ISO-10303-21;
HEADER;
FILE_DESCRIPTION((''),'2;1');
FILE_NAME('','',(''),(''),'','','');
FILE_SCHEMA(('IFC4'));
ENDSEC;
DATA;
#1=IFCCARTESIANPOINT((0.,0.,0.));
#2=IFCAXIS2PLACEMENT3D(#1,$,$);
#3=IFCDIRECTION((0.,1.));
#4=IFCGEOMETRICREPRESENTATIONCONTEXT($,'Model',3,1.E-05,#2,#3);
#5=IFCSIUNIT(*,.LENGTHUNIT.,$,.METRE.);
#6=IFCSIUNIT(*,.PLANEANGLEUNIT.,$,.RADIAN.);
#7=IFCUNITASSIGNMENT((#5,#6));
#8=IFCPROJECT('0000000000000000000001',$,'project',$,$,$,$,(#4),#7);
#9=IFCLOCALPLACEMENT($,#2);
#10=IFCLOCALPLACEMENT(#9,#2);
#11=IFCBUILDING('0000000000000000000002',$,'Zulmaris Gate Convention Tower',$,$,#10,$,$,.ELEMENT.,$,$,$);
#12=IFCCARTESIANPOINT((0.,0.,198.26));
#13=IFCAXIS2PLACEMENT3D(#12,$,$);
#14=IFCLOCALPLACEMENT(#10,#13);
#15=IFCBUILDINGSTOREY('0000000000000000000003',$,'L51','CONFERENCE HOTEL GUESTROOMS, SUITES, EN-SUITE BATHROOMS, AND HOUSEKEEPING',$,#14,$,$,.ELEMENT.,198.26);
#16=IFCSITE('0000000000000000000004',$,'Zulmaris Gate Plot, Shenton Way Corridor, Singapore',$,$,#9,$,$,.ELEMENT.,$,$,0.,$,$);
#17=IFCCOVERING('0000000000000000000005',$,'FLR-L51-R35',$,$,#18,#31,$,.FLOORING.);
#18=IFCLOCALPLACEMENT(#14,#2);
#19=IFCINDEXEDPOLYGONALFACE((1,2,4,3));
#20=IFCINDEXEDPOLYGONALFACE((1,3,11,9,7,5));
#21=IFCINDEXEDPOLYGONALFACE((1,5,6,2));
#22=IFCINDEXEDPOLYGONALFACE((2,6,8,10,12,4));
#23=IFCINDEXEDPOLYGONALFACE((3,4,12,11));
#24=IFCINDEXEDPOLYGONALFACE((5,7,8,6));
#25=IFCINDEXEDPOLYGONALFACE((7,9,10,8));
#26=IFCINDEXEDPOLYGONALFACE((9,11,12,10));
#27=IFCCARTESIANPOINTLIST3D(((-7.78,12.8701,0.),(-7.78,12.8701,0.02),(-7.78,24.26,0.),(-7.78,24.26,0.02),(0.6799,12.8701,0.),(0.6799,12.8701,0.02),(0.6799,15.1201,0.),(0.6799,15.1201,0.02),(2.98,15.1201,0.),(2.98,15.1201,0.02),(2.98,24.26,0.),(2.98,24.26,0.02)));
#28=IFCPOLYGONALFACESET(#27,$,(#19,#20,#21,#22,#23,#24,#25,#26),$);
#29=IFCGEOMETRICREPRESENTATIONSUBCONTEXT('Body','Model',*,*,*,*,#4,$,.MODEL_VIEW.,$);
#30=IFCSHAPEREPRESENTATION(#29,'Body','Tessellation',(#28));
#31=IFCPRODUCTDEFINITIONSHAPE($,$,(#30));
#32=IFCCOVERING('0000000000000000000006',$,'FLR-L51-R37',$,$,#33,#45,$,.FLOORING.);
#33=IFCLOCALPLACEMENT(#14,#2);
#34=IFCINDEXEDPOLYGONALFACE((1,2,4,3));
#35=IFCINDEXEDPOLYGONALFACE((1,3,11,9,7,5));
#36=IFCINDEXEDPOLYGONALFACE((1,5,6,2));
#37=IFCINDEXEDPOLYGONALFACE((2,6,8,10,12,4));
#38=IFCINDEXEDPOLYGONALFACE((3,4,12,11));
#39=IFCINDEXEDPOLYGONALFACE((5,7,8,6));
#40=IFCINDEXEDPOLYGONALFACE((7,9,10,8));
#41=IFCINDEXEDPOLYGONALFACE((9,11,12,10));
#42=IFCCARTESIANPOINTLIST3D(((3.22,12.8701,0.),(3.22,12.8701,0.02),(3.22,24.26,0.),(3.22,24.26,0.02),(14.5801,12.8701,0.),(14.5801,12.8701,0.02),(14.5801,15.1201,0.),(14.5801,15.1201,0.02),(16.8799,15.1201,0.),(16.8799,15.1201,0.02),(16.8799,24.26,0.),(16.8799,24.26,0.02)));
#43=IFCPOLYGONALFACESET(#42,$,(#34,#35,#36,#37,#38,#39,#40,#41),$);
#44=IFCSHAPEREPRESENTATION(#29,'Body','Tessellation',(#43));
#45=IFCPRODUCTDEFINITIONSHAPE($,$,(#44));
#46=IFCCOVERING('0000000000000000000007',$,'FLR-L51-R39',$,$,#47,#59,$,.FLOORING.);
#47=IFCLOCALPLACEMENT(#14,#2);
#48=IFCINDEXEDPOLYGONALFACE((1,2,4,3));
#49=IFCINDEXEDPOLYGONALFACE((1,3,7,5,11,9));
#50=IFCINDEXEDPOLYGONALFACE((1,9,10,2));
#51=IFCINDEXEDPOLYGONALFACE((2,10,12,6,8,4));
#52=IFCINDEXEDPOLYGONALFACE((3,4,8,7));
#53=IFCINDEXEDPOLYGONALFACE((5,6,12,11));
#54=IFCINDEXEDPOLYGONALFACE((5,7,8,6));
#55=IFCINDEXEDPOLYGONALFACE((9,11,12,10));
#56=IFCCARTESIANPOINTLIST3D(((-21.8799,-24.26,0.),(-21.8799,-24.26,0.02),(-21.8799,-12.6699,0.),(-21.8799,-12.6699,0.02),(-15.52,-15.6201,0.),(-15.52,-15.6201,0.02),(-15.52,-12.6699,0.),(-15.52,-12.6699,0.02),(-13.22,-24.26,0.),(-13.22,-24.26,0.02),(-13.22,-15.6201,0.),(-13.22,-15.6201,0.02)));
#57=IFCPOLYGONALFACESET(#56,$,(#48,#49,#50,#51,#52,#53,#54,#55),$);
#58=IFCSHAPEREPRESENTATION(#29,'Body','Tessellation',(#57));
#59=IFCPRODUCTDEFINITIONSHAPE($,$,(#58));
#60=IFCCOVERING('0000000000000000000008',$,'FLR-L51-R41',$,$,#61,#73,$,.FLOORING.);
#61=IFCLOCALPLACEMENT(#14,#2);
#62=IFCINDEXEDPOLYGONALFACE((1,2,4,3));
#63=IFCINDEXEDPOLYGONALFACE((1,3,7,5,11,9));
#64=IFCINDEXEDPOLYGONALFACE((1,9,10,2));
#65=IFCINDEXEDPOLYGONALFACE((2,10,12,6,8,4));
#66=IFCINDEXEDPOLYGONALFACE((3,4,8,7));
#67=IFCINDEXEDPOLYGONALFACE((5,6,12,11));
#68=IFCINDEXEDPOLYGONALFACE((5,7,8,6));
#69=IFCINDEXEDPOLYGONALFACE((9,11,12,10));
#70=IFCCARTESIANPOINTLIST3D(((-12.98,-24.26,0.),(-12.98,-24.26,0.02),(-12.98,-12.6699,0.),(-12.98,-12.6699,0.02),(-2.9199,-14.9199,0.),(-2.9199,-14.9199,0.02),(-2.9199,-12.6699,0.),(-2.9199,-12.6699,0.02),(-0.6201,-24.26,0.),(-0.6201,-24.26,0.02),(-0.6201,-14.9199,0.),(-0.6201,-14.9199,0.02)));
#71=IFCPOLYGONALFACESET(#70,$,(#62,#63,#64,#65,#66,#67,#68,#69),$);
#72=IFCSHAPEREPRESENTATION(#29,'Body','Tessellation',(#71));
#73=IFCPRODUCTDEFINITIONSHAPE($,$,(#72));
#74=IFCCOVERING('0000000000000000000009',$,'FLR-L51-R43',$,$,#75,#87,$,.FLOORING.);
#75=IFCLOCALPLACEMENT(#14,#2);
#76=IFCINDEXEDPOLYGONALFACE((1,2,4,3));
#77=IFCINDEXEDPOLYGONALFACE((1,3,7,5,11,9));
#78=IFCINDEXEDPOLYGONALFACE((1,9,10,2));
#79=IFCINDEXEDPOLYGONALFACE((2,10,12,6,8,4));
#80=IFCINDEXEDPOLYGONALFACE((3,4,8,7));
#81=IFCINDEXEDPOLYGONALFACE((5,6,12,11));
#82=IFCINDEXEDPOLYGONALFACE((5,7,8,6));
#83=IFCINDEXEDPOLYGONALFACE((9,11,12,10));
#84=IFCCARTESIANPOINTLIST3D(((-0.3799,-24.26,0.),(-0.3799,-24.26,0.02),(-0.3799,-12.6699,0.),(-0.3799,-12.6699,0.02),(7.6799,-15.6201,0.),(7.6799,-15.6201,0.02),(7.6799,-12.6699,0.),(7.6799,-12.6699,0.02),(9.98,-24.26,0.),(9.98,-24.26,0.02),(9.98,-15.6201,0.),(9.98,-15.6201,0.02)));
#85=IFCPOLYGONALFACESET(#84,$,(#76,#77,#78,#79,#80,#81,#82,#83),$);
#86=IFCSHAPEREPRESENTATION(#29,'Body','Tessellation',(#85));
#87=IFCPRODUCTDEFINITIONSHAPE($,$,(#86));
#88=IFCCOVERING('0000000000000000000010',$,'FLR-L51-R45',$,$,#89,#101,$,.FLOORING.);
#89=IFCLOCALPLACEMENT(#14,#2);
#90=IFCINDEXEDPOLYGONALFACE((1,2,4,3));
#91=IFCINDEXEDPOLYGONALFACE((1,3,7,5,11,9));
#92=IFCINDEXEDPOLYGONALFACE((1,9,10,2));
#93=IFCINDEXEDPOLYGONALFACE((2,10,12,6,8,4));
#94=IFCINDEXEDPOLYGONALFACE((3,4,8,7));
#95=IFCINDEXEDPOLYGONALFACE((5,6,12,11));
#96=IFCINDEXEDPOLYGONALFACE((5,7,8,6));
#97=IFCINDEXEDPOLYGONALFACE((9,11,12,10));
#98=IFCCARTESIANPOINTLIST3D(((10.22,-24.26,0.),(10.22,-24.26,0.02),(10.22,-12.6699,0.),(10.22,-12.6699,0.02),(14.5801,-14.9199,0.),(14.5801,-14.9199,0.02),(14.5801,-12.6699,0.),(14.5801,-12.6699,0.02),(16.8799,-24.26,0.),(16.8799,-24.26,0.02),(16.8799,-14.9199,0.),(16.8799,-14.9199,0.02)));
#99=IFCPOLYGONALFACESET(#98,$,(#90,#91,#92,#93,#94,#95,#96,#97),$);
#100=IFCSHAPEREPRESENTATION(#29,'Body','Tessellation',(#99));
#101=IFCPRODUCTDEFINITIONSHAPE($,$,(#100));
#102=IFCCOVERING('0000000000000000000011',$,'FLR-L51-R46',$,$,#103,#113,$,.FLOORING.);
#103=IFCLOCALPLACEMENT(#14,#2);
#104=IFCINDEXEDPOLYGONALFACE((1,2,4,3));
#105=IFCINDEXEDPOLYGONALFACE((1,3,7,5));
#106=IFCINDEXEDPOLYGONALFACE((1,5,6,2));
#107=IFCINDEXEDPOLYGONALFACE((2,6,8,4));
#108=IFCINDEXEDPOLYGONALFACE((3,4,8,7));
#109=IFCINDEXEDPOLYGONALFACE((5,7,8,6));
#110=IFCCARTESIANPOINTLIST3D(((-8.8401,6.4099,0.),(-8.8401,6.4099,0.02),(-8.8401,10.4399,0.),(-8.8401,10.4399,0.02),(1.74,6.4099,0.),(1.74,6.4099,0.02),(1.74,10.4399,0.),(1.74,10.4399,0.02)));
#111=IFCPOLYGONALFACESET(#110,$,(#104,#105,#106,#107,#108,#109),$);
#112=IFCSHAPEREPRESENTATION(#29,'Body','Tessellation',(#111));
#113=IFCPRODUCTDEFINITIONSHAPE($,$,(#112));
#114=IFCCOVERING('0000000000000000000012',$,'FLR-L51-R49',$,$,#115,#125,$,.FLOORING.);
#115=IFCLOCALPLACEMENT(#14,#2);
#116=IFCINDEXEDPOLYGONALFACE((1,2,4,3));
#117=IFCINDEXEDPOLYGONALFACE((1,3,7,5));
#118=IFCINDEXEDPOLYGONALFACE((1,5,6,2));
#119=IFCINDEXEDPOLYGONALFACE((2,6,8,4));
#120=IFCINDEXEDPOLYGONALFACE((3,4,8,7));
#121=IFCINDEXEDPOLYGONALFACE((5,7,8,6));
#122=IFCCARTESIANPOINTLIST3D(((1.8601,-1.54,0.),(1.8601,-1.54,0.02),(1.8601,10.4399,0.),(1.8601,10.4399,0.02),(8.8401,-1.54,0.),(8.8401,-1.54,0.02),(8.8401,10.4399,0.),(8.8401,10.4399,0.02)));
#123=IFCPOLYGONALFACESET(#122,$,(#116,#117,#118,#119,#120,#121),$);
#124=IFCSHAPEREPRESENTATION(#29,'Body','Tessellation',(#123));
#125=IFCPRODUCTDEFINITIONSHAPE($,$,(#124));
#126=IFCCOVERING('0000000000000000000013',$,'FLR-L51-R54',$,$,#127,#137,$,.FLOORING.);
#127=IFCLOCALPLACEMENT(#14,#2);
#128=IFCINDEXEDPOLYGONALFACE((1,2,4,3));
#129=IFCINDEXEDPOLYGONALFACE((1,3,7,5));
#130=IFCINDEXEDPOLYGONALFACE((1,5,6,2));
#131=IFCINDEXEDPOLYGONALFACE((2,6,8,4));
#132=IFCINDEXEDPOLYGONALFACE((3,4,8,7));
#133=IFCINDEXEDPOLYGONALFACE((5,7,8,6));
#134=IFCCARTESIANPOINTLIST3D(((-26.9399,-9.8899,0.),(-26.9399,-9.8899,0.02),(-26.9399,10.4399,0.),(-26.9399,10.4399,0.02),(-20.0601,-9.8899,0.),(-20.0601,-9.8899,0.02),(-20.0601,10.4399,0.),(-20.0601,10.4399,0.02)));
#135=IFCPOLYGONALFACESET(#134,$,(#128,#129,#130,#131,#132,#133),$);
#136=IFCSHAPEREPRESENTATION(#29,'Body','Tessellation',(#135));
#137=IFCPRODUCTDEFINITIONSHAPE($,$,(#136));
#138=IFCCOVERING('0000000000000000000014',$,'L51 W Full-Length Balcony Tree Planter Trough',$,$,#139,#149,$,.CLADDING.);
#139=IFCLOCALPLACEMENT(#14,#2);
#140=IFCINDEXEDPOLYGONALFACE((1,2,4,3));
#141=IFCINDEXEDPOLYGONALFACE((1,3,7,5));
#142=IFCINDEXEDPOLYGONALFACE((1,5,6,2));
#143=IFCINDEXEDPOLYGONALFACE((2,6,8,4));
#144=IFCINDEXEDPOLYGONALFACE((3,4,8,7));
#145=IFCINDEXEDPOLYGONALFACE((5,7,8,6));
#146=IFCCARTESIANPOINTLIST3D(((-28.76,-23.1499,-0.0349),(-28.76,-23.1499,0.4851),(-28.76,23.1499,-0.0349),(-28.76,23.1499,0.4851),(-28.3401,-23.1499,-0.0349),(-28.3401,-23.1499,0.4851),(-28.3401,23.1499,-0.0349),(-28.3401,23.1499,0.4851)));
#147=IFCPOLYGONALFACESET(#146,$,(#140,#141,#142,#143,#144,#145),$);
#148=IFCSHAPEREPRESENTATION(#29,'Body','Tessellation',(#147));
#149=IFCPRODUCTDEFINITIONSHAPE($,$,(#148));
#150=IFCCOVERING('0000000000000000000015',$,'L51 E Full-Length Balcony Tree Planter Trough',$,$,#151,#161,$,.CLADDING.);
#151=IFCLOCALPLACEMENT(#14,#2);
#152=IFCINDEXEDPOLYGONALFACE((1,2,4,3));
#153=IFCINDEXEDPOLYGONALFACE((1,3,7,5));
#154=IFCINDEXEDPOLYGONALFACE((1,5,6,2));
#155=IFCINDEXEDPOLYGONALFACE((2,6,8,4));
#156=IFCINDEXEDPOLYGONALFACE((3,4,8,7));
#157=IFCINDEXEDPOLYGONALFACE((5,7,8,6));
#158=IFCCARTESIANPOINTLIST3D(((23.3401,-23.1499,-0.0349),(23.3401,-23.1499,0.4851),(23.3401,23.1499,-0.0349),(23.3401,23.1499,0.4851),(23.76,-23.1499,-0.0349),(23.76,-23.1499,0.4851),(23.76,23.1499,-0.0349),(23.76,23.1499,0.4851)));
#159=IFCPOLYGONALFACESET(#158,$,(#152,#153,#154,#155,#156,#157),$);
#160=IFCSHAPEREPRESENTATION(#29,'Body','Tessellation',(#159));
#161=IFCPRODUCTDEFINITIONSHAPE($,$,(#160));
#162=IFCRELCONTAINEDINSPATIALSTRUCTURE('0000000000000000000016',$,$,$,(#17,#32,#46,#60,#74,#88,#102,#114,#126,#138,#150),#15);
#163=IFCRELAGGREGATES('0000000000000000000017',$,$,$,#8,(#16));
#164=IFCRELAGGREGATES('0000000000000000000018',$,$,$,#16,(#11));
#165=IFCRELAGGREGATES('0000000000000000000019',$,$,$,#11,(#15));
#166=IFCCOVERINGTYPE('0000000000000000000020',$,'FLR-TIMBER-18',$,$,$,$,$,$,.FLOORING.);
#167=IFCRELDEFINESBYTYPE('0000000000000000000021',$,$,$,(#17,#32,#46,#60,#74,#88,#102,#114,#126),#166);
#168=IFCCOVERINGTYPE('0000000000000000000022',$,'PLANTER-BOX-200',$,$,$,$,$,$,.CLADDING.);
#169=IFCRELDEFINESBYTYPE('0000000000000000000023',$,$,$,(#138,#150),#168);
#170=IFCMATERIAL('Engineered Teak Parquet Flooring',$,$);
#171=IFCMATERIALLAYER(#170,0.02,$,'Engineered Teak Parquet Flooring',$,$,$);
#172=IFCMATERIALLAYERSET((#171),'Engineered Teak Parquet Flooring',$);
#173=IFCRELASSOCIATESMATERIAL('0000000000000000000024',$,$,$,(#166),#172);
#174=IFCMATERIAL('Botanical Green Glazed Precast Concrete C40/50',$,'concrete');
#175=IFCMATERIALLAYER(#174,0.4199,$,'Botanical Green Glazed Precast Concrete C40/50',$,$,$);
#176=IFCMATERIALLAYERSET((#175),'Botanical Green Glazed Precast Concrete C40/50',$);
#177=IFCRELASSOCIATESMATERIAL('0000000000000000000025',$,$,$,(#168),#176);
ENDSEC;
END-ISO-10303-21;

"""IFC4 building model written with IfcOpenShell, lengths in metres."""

from ifc_helpers import new_model, si_unit, direction, frame, origin, place, context, subcontext, project, spatial, polyline, outline, extrude, material, layer, layer_set, type_object, element, save


model = new_model("IFC4")

# Units and contexts
model_context = context("Model", 3, precision=1e-05, world=origin(), true_north=direction((0.0, 1.0)))
body_context = subcontext(model_context, "Body", "Model", "MODEL_VIEW")
ifc_project = project(units=[si_unit("LENGTHUNIT", "METRE"), si_unit("PLANEANGLEUNIT", "RADIAN")], contexts=[model_context])

# Site, building, storey
site_placement = place(None, origin())
site = spatial("IfcSite", under=ifc_project, at=site_placement, Name="Zulmaris Gate Plot, Shenton Way Corridor, Singapore", CompositionType="ELEMENT", RefElevation=0.0)
building_placement = place(site_placement, origin())
building = spatial("IfcBuilding", under=site, at=building_placement, Name="Zulmaris Gate Convention Tower", CompositionType="ELEMENT")
storey_placement = place(building_placement, frame((0.0, 0.0, 198.26)))
storey = spatial("IfcBuildingStorey", under=building, at=storey_placement, Name="L51", Description="CONFERENCE HOTEL GUESTROOMS, SUITES, EN-SUITE BATHROOMS, AND HOUSEKEEPING", CompositionType="ELEMENT", Elevation=198.26)

# Coverings
ifc_material_1 = material(Name="Engineered Teak Parquet Flooring")
ifc_layer_1 = layer(ifc_material_1, 0.02, Name="Engineered Teak Parquet Flooring")
ifc_layer_set_1 = layer_set([ifc_layer_1], Name="Engineered Teak Parquet Flooring")
covering_type_1 = type_object("IfcCoveringType", Name="FLR-TIMBER-18", PredefinedType="FLOORING", material=ifc_layer_set_1)
covering_1_placement = place(storey_placement, origin())
element("IfcCovering", 1, at=covering_1_placement, inside=storey, type_object=covering_type_1, Name="FLR-L51-R35", PredefinedType="FLOORING", context=body_context, shape_type="SweptSolid", body=[
    extrude(outline(polyline([(-7.78, 12.8701), (0.6799, 12.8701), (0.6799, 15.1201), (2.98, 15.1201), (2.98, 24.26), (-7.78, 24.26), (-7.78, 12.8701)])), origin(), (0.0, 0.0, 1.0), 0.02),
])
covering_2_placement = place(storey_placement, origin())
element("IfcCovering", 2, at=covering_2_placement, inside=storey, type_object=covering_type_1, Name="FLR-L51-R37", PredefinedType="FLOORING", context=body_context, shape_type="SweptSolid", body=[
    extrude(outline(polyline([(3.22, 12.8701), (14.5801, 12.8701), (14.5801, 15.1201), (16.8799, 15.1201), (16.8799, 24.26), (3.22, 24.26), (3.22, 12.8701)])), origin(), (0.0, 0.0, 1.0), 0.02),
])
covering_3_placement = place(storey_placement, origin())
element("IfcCovering", 3, at=covering_3_placement, inside=storey, type_object=covering_type_1, Name="FLR-L51-R39", PredefinedType="FLOORING", context=body_context, shape_type="SweptSolid", body=[
    extrude(outline(polyline([(-21.8799, -24.26), (-13.22, -24.26), (-13.22, -15.6201), (-15.52, -15.6201), (-15.52, -12.6699), (-21.8799, -12.6699), (-21.8799, -24.26)])), origin(), (0.0, 0.0, 1.0), 0.02),
])
covering_4_placement = place(storey_placement, origin())
element("IfcCovering", 4, at=covering_4_placement, inside=storey, type_object=covering_type_1, Name="FLR-L51-R41", PredefinedType="FLOORING", context=body_context, shape_type="SweptSolid", body=[
    extrude(outline(polyline([(-12.98, -24.26), (-0.6201, -24.26), (-0.6201, -14.9199), (-2.9199, -14.9199), (-2.9199, -12.6699), (-12.98, -12.6699), (-12.98, -24.26)])), origin(), (0.0, 0.0, 1.0), 0.02),
])
covering_5_placement = place(storey_placement, origin())
element("IfcCovering", 5, at=covering_5_placement, inside=storey, type_object=covering_type_1, Name="FLR-L51-R43", PredefinedType="FLOORING", context=body_context, shape_type="SweptSolid", body=[
    extrude(outline(polyline([(-0.3799, -24.26), (9.98, -24.26), (9.98, -15.6201), (7.6799, -15.6201), (7.6799, -12.6699), (-0.3799, -12.6699), (-0.3799, -24.26)])), origin(), (0.0, 0.0, 1.0), 0.02),
])
covering_6_placement = place(storey_placement, origin())
element("IfcCovering", 6, at=covering_6_placement, inside=storey, type_object=covering_type_1, Name="FLR-L51-R45", PredefinedType="FLOORING", context=body_context, shape_type="SweptSolid", body=[
    extrude(outline(polyline([(10.22, -24.26), (16.8799, -24.26), (16.8799, -14.9199), (14.5801, -14.9199), (14.5801, -12.6699), (10.22, -12.6699), (10.22, -24.26)])), origin(), (0.0, 0.0, 1.0), 0.02),
])
covering_7_placement = place(storey_placement, origin())
element("IfcCovering", 7, at=covering_7_placement, inside=storey, type_object=covering_type_1, Name="FLR-L51-R46", PredefinedType="FLOORING", context=body_context, shape_type="SweptSolid", body=[
    extrude(outline(polyline([(-8.8401, 6.4099), (1.74, 6.4099), (1.74, 10.4399), (-8.8401, 10.4399), (-8.8401, 6.4099)])), origin(), (0.0, 0.0, 1.0), 0.02),
])
covering_8_placement = place(storey_placement, origin())
element("IfcCovering", 8, at=covering_8_placement, inside=storey, type_object=covering_type_1, Name="FLR-L51-R49", PredefinedType="FLOORING", context=body_context, shape_type="SweptSolid", body=[
    extrude(outline(polyline([(1.8601, -1.54), (8.8401, -1.54), (8.8401, 10.4399), (1.8601, 10.4399), (1.8601, -1.54)])), origin(), (0.0, 0.0, 1.0), 0.02),
])
covering_9_placement = place(storey_placement, origin())
element("IfcCovering", 9, at=covering_9_placement, inside=storey, type_object=covering_type_1, Name="FLR-L51-R54", PredefinedType="FLOORING", context=body_context, shape_type="SweptSolid", body=[
    extrude(outline(polyline([(-26.9399, -9.8899), (-20.0601, -9.8899), (-20.0601, 10.4399), (-26.9399, 10.4399), (-26.9399, -9.8899)])), origin(), (0.0, 0.0, 1.0), 0.02),
])
ifc_material_2 = material(Name="Botanical Green Glazed Precast Concrete C40/50", Category="concrete")
ifc_layer_2 = layer(ifc_material_2, 0.4199, Name="Botanical Green Glazed Precast Concrete C40/50")
ifc_layer_set_2 = layer_set([ifc_layer_2], Name="Botanical Green Glazed Precast Concrete C40/50")
covering_type_2 = type_object("IfcCoveringType", Name="PLANTER-BOX-200", PredefinedType="CLADDING", material=ifc_layer_set_2)
covering_10_placement = place(storey_placement, frame((0.0, 0.0, -0.0349)))
element("IfcCovering", 10, at=covering_10_placement, inside=storey, type_object=covering_type_2, Name="L51 W Full-Length Balcony Tree Planter Trough", PredefinedType="CLADDING", context=body_context, shape_type="SweptSolid", body=[
    extrude(outline(polyline([(-28.76, -23.1499), (-28.3401, -23.1499), (-28.3401, 23.1499), (-28.76, 23.1499), (-28.76, -23.1499)])), origin(), (0.0, 0.0, 1.0), 0.52),
])
covering_11_placement = place(storey_placement, frame((0.0, 0.0, -0.0349)))
element("IfcCovering", 11, at=covering_11_placement, inside=storey, type_object=covering_type_2, Name="L51 E Full-Length Balcony Tree Planter Trough", PredefinedType="CLADDING", context=body_context, shape_type="SweptSolid", body=[
    extrude(outline(polyline([(23.3401, -23.1499), (23.76, -23.1499), (23.76, 23.1499), (23.3401, 23.1499), (23.3401, -23.1499)])), origin(), (0.0, 0.0, 1.0), 0.52),
])

save(model, "model.ifc")
